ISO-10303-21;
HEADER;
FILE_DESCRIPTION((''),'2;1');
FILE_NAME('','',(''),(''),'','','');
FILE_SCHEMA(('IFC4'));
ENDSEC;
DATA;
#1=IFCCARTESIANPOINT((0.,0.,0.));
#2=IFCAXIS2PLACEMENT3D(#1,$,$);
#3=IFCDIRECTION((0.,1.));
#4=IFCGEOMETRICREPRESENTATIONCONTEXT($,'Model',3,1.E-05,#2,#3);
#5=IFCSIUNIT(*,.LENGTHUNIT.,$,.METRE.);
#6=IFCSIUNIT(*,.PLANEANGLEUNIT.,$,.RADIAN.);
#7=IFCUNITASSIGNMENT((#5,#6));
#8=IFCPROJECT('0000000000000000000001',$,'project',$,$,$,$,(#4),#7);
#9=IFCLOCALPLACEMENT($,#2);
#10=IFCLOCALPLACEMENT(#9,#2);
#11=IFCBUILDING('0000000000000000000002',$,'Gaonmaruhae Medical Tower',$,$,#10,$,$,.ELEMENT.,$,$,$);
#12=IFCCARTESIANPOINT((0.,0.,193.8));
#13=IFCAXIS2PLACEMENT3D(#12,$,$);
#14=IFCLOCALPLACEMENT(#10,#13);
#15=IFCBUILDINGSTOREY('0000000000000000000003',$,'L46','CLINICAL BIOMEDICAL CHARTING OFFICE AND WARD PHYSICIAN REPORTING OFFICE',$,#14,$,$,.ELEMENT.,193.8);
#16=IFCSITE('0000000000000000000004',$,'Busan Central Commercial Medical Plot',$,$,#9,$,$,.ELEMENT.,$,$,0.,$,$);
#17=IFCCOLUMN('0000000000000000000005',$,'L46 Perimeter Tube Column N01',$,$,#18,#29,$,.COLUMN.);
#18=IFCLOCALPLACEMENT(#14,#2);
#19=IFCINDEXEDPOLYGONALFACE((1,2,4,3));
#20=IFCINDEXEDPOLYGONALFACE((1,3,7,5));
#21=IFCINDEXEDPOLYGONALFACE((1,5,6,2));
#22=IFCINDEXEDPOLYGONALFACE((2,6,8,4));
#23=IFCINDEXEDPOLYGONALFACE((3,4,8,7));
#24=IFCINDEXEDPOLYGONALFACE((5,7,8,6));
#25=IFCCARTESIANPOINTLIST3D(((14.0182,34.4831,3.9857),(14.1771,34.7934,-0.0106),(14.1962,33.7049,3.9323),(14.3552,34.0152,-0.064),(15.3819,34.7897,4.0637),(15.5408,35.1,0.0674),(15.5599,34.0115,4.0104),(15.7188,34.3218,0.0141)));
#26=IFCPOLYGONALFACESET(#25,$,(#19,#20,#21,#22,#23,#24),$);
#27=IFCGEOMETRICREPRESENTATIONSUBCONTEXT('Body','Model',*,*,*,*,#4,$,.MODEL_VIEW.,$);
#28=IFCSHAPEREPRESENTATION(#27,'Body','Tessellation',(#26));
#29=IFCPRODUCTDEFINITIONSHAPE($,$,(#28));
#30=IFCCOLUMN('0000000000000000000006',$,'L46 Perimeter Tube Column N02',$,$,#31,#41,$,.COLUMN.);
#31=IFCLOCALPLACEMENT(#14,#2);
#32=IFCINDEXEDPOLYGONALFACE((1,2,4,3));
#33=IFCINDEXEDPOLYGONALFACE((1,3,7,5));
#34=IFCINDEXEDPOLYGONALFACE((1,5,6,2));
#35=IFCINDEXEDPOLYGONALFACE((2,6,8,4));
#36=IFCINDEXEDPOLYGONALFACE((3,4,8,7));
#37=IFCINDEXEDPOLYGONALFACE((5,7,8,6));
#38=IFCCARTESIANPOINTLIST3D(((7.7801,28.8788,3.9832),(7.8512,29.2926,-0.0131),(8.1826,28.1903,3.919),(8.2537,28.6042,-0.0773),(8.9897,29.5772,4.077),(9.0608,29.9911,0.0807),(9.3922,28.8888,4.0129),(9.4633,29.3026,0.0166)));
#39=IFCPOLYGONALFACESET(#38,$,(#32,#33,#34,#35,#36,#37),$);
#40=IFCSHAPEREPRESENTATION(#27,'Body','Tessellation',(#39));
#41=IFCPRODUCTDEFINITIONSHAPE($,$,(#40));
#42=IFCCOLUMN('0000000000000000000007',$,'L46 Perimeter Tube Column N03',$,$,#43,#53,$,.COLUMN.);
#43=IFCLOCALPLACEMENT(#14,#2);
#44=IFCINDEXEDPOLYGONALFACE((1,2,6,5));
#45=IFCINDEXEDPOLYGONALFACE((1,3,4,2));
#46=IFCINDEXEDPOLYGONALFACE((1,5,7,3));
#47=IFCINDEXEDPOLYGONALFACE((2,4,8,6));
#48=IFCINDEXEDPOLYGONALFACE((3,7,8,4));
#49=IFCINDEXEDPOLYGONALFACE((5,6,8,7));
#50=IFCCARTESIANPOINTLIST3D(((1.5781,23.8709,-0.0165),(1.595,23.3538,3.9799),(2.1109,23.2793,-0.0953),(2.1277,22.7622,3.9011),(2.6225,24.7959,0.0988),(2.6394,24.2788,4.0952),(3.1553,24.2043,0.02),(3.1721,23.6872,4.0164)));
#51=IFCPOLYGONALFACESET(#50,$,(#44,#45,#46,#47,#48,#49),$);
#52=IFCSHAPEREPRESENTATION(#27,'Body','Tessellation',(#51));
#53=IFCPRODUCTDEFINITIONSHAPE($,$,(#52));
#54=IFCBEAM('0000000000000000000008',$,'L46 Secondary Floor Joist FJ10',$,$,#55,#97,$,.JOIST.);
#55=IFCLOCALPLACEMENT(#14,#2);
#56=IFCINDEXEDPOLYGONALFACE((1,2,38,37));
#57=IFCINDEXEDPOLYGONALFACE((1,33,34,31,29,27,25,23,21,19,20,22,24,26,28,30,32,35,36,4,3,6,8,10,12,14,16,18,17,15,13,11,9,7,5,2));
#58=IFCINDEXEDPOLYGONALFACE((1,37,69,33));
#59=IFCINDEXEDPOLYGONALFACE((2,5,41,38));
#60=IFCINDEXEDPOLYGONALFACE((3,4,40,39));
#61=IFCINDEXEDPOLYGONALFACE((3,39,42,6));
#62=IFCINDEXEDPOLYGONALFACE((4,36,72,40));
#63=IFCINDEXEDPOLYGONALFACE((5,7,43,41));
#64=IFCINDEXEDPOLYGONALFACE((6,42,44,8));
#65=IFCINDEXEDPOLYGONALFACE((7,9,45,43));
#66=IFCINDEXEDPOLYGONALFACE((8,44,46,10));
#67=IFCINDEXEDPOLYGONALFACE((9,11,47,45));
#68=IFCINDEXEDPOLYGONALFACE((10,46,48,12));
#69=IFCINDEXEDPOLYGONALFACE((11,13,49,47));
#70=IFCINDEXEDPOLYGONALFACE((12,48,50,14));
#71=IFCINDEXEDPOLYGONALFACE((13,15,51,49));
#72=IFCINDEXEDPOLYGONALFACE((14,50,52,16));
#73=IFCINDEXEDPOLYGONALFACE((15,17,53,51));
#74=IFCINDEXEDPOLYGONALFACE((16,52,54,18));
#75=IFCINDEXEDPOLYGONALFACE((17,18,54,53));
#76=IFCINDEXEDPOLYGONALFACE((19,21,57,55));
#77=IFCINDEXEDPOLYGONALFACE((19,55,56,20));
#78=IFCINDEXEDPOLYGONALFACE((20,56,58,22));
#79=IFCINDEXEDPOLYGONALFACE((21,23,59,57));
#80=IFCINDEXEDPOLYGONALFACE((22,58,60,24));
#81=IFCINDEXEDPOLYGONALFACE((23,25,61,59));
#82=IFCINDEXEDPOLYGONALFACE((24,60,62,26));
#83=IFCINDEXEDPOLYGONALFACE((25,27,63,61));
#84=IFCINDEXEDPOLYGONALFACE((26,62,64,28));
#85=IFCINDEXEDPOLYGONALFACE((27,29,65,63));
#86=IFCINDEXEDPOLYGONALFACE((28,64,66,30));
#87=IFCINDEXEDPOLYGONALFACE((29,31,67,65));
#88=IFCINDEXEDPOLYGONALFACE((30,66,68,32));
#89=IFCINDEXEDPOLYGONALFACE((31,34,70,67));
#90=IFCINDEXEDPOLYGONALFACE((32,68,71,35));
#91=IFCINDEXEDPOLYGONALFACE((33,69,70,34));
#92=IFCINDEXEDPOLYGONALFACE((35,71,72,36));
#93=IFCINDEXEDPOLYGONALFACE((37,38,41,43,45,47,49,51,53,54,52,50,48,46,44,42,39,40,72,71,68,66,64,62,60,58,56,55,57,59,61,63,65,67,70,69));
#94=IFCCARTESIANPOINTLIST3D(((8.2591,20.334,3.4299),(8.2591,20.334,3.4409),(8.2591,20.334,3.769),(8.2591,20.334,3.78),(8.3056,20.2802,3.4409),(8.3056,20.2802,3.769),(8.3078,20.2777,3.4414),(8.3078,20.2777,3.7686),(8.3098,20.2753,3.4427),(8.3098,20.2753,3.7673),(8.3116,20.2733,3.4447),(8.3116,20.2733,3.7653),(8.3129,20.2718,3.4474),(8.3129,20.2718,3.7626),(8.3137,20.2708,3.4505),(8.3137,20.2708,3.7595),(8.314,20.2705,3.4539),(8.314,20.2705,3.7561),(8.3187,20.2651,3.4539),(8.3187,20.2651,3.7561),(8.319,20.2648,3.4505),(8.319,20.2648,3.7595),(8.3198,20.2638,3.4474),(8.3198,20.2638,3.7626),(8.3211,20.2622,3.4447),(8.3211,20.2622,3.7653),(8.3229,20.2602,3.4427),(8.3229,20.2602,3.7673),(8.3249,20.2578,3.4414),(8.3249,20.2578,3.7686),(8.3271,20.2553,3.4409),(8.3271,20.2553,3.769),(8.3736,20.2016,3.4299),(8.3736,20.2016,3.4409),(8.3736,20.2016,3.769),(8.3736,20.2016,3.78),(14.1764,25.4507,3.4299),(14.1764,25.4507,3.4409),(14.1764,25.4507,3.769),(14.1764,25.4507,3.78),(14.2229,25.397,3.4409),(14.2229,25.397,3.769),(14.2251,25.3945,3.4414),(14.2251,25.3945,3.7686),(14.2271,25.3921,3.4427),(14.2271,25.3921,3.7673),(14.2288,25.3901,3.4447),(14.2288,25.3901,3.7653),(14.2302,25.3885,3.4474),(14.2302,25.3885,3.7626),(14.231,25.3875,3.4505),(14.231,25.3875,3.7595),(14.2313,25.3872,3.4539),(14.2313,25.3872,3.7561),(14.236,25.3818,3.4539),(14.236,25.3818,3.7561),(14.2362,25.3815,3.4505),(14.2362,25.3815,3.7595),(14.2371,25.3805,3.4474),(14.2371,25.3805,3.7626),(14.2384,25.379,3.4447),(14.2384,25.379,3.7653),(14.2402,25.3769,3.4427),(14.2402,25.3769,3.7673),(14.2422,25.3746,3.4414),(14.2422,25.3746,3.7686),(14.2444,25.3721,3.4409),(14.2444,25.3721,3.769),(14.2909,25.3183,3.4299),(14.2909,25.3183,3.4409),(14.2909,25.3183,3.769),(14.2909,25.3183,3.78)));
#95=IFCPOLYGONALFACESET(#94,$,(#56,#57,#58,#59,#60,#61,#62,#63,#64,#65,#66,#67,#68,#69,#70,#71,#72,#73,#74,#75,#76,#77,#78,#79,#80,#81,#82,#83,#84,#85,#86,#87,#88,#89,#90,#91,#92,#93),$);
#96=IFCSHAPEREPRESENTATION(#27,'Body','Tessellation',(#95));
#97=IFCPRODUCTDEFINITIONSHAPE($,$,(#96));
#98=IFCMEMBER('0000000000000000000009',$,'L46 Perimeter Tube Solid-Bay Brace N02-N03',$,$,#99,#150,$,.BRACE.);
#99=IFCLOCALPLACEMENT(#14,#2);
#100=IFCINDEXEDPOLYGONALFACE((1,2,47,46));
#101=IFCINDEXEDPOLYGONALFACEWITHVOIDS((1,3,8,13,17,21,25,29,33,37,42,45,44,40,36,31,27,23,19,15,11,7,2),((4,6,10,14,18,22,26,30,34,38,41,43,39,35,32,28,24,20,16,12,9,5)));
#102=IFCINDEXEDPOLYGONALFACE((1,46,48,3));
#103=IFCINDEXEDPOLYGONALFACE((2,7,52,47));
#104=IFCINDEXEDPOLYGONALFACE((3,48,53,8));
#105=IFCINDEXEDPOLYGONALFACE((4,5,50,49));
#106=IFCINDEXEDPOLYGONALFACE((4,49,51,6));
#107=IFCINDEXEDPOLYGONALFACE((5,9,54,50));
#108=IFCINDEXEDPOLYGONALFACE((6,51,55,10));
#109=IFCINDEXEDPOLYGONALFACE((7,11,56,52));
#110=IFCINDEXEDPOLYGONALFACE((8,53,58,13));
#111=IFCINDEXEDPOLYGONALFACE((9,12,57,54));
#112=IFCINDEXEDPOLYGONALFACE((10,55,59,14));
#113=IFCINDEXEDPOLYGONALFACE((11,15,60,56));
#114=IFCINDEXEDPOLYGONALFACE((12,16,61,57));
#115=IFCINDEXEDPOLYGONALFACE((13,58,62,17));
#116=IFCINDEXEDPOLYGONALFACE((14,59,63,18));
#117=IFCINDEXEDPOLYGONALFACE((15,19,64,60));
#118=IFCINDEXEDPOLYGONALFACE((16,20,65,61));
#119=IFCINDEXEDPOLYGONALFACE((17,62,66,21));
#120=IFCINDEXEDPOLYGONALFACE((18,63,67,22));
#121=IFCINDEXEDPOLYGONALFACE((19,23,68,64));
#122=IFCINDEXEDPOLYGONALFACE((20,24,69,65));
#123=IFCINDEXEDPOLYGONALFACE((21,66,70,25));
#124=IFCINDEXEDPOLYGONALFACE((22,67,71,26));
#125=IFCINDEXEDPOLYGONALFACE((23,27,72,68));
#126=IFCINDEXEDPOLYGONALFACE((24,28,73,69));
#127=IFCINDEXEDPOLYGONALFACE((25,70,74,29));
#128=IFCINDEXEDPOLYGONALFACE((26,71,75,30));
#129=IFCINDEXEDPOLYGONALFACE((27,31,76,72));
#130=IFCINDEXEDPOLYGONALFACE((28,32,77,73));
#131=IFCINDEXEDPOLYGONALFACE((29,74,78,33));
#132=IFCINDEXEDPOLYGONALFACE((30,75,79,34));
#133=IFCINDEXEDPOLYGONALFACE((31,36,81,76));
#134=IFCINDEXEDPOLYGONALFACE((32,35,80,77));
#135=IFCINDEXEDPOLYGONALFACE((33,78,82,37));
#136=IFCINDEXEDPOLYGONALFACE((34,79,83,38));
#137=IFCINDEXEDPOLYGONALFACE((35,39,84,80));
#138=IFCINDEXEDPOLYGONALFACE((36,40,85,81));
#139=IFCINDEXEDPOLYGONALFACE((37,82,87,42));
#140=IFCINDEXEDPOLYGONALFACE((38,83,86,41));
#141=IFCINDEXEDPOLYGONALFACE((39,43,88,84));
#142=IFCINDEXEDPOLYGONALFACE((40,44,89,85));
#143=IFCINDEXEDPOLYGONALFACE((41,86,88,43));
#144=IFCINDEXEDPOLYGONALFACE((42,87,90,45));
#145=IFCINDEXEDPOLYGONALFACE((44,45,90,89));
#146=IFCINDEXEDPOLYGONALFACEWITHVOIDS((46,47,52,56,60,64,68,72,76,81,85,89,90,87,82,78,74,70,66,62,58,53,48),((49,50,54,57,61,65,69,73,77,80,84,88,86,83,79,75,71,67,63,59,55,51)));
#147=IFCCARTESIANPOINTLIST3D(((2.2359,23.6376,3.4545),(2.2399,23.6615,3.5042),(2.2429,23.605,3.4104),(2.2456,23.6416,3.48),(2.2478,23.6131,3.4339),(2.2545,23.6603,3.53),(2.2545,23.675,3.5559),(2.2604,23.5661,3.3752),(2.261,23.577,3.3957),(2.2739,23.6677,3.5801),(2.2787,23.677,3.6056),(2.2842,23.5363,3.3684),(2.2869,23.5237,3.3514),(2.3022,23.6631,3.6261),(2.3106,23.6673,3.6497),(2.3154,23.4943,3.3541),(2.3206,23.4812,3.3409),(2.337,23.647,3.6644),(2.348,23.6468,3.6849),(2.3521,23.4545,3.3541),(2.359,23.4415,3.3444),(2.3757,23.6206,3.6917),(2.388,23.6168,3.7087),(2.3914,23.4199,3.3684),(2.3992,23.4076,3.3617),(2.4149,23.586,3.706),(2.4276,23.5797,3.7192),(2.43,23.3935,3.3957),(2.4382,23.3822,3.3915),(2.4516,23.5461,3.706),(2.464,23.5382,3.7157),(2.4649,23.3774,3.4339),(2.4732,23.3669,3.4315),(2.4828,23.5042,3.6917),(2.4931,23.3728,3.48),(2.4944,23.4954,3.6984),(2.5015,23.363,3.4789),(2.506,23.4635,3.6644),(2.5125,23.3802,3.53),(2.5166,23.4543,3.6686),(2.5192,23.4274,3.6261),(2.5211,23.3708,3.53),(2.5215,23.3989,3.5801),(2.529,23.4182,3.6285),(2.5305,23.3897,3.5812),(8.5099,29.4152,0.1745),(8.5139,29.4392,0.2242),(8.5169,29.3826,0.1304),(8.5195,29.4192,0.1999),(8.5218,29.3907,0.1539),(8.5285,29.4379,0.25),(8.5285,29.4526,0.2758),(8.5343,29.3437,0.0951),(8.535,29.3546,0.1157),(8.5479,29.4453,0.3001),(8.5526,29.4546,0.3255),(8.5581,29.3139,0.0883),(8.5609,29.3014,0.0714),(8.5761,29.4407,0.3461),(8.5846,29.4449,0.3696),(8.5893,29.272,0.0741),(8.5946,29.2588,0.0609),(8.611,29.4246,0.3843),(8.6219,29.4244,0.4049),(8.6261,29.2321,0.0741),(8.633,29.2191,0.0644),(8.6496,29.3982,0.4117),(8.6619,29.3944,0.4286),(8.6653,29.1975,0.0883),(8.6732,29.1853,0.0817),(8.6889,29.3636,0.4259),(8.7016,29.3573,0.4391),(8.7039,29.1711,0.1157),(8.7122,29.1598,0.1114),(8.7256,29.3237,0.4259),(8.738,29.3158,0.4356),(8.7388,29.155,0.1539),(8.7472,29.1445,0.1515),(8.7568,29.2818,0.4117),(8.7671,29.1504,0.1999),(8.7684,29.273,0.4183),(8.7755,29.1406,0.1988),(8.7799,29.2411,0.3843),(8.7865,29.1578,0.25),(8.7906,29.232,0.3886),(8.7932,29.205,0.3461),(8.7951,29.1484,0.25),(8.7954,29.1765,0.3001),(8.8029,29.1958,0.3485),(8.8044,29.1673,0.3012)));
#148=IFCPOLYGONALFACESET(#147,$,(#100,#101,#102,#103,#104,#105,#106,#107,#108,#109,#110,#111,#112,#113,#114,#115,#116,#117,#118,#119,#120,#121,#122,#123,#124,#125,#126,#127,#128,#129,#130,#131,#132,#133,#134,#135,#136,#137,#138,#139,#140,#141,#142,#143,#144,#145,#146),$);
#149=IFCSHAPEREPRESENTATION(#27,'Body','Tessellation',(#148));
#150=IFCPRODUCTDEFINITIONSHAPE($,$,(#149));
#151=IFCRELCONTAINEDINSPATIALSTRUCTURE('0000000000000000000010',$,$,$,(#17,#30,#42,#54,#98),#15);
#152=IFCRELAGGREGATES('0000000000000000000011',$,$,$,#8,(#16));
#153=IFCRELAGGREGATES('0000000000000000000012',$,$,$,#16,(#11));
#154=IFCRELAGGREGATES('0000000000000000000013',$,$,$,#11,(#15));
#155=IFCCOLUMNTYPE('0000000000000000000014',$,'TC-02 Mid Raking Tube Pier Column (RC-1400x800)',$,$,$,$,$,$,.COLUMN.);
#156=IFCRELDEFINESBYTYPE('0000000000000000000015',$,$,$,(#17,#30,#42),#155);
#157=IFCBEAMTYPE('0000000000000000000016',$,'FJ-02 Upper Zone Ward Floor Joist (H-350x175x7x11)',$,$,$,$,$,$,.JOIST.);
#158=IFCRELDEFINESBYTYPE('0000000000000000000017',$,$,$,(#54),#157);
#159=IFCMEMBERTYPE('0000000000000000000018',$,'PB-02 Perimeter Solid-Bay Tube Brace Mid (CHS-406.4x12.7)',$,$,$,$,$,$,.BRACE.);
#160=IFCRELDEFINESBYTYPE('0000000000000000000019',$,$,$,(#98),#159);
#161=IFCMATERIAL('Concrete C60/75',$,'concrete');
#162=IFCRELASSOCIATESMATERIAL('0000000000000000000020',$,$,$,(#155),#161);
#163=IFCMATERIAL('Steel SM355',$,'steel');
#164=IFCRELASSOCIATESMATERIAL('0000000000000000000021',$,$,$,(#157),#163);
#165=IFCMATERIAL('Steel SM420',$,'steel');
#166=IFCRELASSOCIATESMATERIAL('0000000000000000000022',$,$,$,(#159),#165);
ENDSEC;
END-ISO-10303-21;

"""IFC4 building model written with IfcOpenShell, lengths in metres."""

from ifc_helpers import new_model, si_unit, direction, frame, origin, origin_2d, place, context, subcontext, project, spatial, rectangle, hollow_circle, i_section, extrude, material, material_profile, profile_set, type_object, element, save


model = new_model("IFC4")

# Units and contexts
model_context = context("Model", 3, precision=1e-05, world=origin(), true_north=direction((0.0, 1.0)))
body_context = subcontext(model_context, "Body", "Model", "MODEL_VIEW")
ifc_project = project(units=[si_unit("LENGTHUNIT", "METRE"), si_unit("PLANEANGLEUNIT", "RADIAN")], contexts=[model_context])

# Site, building, storey
site_placement = place(None, origin())
site = spatial("IfcSite", under=ifc_project, at=site_placement, Name="Busan Central Commercial Medical Plot", CompositionType="ELEMENT", RefElevation=0.0)
building_placement = place(site_placement, origin())
building = spatial("IfcBuilding", under=site, at=building_placement, Name="Gaonmaruhae Medical Tower", CompositionType="ELEMENT")
storey_placement = place(building_placement, frame((0.0, 0.0, 193.8)))
storey = spatial("IfcBuildingStorey", under=building, at=storey_placement, Name="L46", Description="CLINICAL BIOMEDICAL CHARTING OFFICE AND WARD PHYSICIAN REPORTING OFFICE", CompositionType="ELEMENT", Elevation=193.8)

# Columns
ifc_material_1 = material(Name="Concrete C60/75", Category="concrete")
ifc_material_profile_1 = material_profile(ifc_material_1, rectangle(XDim=1.3999, YDim=0.8, at=origin_2d()), Name="RC-1400x800")
ifc_profile_set_1 = profile_set([ifc_material_profile_1], Name="Concrete C60/75")
column_type = type_object("IfcColumnType", Name="TC-02 Mid Raking Tube Pier Column (RC-1400x800)", PredefinedType="COLUMN", material=ifc_profile_set_1)
column_1_placement = place(storey_placement, frame((14.948, 34.5576, 0.0017), z_axis=(-0.03962, -0.077353, 0.996216), x_axis=(0.974125, 0.219026, 0.055748)))
element("IfcColumn", 1, at=column_1_placement, inside=storey, type_object=column_type, Name="L46 Perimeter Tube Column N01", PredefinedType="COLUMN", context=body_context, shape_type="SweptSolid", body=[
    extrude(rectangle(XDim=1.3999, YDim=0.8, at=origin_2d()), origin(), (0.0, 0.0, 1.0), 4.0115),
])
column_2_placement = place(storey_placement, frame((8.6572, 29.2976, 0.0017), z_axis=(-0.01768, -0.102983, 0.994526), x_axis=(0.864046, 0.498931, 0.067025)))
element("IfcColumn", 2, at=column_2_placement, inside=storey, type_object=column_type, Name="L46 Perimeter Tube Column N02", PredefinedType="COLUMN", context=body_context, shape_type="SweptSolid", body=[
    extrude(rectangle(XDim=1.3999, YDim=0.8, at=origin_2d()), origin(), (0.0, 0.0, 1.0), 4.0183),
])
column_3_placement = place(storey_placement, frame((2.3667, 24.0376, 0.0017), z_axis=(0.00418, -0.12832, 0.991724), x_axis=(0.746045, 0.660783, 0.082355)))
element("IfcColumn", 3, at=column_3_placement, inside=storey, type_object=column_type, Name="L46 Perimeter Tube Column N03", PredefinedType="COLUMN", context=body_context, shape_type="SweptSolid", body=[
    extrude(rectangle(XDim=1.3999, YDim=0.8, at=origin_2d()), origin(), (0.0, 0.0, 1.0), 4.0298),
])

# Beam
ifc_material_2 = material(Name="Steel SM355", Category="steel")
ifc_material_profile_2 = material_profile(ifc_material_2, i_section(OverallWidth=0.175, OverallDepth=0.3501, WebThickness=0.0071, FlangeThickness=0.011, FilletRadius=0.0129, at=origin_2d()), Name="H-350x175x7x11")
ifc_profile_set_2 = profile_set([ifc_material_profile_2], Name="Steel SM355")
beam_type_1 = type_object("IfcBeamType", Name="FJ-02 Upper Zone Ward Floor Joist (H-350x175x7x11)", PredefinedType="JOIST", material=ifc_profile_set_2)
beam_placement = place(storey_placement, frame((14.2336, 25.3845, 3.605), z_axis=(-0.756421, -0.654085, 0.0), x_axis=(0.654085, -0.756421, 0.0)))
element("IfcBeam", 4, at=beam_placement, inside=storey, type_object=beam_type_1, Name="L46 Secondary Floor Joist FJ10", PredefinedType="JOIST", context=body_context, shape_type="SweptSolid", body=[
    extrude(i_section(OverallWidth=0.175, OverallDepth=0.3501, WebThickness=0.0071, FlangeThickness=0.011, FilletRadius=0.0129, at=origin_2d()), origin(), (0.0, 0.0, 1.0), 7.8228),
])

# Member
ifc_material_3 = material(Name="Steel SM420", Category="steel")
ifc_material_profile_3 = material_profile(ifc_material_3, hollow_circle(Radius=0.2031, WallThickness=0.0127, at=origin_2d()), Name="CHS-406.4x12.7")
ifc_profile_set_3 = profile_set([ifc_material_profile_3], Name="Steel SM420")
member_type = type_object("IfcMemberType", Name="PB-02 Perimeter Solid-Bay Tube Brace Mid (CHS-406.4x12.7)", PredefinedType="BRACE", material=ifc_profile_set_3)
member_placement = place(storey_placement, frame((8.6575, 29.2979, 0.25), z_axis=(-0.686583, -0.632266, 0.358948), x_axis=(0.677411, -0.735605, 0.0)))
element("IfcMember", 5, at=member_placement, inside=storey, type_object=member_type, Name="L46 Perimeter Tube Solid-Bay Brace N02-N03", PredefinedType="BRACE", context=body_context, shape_type="SweptSolid", body=[
    extrude(hollow_circle(Radius=0.2031, WallThickness=0.0127, at=origin_2d()), origin(), (0.0, 0.0, 1.0), 9.1379),
])

save(model, "model.ifc")
